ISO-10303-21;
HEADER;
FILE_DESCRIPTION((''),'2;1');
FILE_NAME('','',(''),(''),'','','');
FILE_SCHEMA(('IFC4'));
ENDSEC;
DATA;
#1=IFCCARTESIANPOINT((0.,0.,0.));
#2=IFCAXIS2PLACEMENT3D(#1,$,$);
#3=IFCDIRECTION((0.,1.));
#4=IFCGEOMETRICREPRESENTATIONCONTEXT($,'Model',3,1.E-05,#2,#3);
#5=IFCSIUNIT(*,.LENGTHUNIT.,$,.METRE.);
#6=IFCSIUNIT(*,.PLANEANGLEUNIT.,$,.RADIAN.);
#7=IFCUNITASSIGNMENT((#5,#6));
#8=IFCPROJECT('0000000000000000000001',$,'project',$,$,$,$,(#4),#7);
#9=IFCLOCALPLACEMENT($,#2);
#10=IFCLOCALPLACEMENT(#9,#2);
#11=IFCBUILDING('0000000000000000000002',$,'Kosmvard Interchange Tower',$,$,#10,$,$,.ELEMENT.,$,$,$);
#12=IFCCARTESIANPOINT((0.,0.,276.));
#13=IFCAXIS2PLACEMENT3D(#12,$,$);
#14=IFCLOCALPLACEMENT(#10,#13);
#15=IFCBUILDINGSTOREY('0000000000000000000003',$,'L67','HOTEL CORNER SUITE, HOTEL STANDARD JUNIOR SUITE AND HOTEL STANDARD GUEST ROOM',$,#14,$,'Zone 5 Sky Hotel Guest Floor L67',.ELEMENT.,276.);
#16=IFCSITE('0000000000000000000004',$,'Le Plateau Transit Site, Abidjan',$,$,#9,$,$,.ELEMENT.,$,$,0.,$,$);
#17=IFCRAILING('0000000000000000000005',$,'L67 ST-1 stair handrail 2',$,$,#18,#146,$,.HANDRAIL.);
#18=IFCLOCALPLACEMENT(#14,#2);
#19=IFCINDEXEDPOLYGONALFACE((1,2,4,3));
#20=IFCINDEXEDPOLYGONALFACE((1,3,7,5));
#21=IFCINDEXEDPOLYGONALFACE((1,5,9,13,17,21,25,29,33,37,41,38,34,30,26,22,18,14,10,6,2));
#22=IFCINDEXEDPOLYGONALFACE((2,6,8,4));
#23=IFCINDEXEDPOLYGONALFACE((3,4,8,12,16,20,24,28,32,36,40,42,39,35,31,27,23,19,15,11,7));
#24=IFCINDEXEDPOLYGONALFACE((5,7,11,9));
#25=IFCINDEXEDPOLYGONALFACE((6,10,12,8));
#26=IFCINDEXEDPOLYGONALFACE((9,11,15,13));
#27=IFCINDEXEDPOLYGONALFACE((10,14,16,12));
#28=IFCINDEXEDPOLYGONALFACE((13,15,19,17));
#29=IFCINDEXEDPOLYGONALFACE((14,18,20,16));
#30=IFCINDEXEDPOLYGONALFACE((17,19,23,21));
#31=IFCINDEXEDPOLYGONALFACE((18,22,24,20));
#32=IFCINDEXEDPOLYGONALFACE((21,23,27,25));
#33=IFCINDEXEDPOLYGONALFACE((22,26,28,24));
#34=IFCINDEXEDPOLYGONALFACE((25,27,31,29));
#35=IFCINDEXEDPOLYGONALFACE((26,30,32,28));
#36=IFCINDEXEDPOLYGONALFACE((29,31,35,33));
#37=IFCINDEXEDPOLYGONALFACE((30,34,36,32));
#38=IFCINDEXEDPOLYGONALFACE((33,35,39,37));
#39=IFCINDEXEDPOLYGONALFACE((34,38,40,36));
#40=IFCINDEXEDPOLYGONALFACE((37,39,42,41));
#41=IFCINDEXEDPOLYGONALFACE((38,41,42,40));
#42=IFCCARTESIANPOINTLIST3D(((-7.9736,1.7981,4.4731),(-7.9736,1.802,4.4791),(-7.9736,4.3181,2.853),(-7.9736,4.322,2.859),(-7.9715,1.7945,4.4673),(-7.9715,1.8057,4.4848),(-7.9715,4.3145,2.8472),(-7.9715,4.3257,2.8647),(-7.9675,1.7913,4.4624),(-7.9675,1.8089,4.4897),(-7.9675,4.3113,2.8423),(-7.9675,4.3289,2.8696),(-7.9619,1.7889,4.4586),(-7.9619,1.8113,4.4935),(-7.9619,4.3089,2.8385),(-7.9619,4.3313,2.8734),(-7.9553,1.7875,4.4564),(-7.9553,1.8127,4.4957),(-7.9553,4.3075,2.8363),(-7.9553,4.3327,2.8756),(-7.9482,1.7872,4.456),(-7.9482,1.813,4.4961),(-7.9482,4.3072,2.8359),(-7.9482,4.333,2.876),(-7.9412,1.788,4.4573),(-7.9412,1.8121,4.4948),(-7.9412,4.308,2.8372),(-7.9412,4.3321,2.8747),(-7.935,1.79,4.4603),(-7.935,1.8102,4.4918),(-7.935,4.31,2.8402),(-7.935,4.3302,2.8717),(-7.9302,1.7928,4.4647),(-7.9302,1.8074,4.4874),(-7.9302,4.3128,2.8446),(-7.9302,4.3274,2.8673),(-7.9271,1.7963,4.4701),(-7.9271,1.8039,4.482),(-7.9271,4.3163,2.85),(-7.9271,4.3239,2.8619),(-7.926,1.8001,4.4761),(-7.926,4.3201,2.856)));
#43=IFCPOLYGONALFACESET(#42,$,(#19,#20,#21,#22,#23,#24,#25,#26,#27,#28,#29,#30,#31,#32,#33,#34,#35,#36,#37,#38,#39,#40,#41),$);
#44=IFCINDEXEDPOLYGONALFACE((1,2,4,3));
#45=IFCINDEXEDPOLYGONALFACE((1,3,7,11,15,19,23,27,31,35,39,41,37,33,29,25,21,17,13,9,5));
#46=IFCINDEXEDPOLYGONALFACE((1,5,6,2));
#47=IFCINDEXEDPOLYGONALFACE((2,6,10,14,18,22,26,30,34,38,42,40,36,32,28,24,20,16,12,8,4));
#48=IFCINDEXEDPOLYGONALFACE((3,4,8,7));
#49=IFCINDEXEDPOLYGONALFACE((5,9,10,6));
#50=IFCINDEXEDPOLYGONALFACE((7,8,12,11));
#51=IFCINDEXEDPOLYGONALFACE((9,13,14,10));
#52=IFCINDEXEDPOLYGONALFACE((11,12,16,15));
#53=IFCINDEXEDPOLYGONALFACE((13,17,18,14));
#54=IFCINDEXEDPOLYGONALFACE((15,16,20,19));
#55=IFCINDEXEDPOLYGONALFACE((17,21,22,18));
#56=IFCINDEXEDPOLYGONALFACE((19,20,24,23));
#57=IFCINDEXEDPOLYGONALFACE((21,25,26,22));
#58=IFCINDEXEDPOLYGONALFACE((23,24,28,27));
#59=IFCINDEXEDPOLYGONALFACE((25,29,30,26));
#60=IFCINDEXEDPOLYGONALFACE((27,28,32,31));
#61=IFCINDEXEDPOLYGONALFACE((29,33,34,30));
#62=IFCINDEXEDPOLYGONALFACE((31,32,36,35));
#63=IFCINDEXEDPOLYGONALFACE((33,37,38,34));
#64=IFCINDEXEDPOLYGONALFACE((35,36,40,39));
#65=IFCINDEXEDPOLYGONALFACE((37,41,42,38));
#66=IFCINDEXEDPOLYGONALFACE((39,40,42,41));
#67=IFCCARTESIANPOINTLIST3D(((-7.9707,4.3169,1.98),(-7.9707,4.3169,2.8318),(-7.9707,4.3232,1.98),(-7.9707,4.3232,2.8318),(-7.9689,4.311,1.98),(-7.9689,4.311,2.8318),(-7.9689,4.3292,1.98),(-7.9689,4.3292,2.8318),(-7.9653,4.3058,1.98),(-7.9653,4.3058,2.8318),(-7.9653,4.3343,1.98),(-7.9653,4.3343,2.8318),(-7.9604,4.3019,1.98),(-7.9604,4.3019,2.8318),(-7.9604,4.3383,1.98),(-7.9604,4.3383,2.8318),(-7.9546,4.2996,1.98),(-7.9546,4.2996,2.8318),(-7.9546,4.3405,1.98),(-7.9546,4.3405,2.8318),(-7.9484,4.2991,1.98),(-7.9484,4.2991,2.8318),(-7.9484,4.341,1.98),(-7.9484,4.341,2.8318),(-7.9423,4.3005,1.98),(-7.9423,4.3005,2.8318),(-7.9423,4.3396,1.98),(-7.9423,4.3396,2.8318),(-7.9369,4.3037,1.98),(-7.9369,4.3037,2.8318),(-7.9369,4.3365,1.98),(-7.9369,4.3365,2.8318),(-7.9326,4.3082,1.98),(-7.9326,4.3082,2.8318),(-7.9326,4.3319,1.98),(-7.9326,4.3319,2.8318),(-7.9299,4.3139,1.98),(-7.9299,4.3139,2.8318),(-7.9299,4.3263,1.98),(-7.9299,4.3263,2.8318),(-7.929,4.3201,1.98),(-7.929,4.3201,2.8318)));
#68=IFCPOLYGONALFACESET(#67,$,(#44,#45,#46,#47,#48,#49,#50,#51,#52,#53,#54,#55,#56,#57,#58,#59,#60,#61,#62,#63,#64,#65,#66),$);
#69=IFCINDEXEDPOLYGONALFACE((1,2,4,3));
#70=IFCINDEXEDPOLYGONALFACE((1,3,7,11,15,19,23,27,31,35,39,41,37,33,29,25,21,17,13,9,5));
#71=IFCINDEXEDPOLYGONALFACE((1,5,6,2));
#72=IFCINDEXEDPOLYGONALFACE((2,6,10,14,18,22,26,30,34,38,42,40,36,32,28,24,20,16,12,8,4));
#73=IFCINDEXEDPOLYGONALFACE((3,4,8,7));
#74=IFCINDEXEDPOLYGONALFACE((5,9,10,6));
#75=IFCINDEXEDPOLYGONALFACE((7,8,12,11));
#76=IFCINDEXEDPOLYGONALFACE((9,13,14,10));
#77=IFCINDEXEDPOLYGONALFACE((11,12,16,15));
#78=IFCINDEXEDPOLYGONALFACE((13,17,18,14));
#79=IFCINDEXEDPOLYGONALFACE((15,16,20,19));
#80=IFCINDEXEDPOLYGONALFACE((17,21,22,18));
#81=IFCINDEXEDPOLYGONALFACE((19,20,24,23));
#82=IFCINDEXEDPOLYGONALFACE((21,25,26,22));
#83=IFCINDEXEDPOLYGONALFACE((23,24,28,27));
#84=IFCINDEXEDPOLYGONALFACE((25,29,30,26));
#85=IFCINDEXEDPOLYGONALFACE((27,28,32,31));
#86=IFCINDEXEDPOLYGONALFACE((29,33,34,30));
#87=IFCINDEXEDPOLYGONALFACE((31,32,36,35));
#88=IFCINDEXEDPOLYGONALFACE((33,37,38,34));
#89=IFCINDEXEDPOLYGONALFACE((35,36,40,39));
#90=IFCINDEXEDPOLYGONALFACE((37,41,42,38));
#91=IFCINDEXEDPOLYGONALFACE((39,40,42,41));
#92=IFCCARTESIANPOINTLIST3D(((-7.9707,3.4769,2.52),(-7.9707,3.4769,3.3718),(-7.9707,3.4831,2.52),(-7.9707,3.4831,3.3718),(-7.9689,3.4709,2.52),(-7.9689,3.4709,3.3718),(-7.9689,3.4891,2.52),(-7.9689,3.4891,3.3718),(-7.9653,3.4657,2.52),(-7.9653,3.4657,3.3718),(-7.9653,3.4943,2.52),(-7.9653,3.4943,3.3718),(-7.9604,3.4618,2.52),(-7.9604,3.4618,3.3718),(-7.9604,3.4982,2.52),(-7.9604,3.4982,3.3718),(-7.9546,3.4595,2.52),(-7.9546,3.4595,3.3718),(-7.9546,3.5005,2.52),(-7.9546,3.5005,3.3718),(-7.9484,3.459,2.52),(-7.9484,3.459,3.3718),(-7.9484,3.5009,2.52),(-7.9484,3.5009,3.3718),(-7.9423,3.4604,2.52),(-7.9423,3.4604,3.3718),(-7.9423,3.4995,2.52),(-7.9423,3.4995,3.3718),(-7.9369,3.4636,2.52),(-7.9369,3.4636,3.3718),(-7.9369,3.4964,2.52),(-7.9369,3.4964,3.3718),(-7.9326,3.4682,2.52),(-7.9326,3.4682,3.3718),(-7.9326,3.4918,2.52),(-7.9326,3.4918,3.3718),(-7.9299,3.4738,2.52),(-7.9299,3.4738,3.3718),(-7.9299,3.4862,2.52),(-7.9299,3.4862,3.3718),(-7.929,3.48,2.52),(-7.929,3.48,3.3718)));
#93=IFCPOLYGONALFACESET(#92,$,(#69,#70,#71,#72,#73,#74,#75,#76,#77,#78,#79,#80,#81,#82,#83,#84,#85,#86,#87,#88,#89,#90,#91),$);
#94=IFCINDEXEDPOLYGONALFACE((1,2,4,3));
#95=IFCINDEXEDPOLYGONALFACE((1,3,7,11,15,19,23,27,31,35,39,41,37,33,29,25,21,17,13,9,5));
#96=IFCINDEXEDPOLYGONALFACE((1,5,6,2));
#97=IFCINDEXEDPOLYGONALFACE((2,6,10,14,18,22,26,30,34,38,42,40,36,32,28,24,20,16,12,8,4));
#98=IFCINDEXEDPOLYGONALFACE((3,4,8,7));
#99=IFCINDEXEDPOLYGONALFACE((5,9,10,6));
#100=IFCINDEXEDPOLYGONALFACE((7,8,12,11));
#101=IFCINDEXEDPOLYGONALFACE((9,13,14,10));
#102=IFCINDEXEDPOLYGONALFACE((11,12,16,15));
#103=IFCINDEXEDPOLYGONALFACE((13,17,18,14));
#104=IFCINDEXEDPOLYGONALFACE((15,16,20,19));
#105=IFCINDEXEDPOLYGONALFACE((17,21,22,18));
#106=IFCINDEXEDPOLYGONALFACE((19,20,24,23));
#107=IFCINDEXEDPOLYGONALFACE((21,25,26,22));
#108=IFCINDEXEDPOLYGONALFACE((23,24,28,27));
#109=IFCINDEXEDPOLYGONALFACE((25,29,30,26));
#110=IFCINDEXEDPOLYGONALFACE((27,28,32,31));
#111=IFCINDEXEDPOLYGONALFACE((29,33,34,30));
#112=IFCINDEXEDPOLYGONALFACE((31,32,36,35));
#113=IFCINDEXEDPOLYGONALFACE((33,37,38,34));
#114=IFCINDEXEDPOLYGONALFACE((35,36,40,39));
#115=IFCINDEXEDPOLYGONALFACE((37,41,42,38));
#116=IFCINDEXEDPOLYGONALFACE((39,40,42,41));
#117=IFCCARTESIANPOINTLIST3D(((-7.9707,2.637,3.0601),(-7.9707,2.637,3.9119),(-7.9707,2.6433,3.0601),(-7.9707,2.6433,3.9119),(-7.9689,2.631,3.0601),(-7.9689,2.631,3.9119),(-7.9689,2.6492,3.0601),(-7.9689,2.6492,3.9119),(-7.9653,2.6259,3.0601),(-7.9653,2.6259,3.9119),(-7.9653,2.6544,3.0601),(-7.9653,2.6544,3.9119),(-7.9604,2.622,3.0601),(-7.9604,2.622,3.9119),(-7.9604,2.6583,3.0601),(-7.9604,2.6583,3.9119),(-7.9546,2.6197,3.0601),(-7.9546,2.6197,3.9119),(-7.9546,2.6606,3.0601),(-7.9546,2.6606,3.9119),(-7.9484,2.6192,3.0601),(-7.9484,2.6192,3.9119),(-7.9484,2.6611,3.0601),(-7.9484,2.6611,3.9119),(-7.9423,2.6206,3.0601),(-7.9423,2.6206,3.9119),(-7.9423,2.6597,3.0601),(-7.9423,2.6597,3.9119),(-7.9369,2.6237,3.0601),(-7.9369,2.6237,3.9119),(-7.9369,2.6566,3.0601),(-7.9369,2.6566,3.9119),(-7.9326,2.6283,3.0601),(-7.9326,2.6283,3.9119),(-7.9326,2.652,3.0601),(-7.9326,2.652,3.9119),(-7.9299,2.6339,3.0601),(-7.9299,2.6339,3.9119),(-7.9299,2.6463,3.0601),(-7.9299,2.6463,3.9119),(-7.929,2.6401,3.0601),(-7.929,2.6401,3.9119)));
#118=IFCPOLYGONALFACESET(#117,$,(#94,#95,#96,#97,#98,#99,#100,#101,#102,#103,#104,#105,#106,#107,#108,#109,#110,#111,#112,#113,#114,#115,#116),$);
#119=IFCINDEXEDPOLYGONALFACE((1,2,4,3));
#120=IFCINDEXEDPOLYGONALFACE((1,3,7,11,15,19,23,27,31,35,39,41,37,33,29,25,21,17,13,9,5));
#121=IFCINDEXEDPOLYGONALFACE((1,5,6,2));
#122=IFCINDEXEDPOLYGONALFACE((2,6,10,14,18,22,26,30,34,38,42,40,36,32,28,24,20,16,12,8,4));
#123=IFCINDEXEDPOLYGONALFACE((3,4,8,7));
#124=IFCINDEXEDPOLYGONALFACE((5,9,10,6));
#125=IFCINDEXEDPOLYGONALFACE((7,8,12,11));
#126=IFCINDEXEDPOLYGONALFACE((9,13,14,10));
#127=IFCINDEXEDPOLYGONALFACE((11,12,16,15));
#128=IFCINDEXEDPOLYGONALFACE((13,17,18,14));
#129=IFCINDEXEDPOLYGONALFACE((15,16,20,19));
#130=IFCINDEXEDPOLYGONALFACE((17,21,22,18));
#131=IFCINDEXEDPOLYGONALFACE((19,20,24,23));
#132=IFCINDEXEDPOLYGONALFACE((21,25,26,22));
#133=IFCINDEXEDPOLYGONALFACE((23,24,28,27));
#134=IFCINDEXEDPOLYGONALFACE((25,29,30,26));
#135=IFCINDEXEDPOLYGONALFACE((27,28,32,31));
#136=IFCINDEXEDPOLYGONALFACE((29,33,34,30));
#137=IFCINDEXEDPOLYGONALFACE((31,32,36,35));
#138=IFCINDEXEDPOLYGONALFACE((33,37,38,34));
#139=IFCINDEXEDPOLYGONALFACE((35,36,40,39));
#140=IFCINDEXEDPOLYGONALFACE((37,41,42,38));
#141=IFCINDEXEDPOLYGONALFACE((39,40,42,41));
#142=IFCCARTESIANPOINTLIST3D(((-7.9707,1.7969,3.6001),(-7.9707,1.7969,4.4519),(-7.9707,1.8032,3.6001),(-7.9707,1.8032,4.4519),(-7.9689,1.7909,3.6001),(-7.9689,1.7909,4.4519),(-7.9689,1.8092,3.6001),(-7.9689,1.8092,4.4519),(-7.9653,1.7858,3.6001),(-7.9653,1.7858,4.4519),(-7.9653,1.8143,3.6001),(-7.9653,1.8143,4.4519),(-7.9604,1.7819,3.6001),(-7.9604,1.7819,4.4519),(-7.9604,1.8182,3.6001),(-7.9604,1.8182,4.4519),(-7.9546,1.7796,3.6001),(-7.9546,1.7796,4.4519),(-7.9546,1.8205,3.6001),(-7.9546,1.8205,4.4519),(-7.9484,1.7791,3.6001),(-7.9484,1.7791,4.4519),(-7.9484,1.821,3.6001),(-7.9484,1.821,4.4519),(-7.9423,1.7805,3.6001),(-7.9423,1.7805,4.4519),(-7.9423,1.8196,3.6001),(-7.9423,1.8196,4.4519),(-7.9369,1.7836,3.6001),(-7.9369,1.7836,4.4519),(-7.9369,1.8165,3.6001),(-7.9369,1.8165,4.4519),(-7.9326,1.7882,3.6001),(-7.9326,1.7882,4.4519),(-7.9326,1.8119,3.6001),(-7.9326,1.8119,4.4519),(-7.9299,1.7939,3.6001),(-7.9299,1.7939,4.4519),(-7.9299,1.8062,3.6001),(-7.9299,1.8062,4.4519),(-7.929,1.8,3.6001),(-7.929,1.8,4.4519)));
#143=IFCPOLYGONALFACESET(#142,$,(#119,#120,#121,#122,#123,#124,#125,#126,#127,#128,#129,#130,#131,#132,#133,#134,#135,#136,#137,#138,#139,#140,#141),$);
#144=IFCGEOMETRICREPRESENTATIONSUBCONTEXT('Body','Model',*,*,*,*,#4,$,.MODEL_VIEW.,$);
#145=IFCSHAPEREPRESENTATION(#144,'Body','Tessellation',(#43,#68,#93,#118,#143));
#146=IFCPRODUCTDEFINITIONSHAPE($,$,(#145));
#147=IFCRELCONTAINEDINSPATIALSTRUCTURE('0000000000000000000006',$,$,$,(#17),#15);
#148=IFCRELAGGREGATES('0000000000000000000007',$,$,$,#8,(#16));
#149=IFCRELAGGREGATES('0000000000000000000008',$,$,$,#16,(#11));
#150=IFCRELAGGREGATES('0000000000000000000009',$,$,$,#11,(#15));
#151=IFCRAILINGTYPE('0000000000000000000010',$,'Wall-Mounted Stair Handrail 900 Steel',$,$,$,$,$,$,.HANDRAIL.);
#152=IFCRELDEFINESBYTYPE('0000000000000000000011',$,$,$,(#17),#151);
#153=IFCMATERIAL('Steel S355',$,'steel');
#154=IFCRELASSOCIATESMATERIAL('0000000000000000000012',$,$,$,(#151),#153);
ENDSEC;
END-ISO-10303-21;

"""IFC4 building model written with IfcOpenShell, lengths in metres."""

from ifc_helpers import new_model, si_unit, direction, frame, origin, origin_2d, place, context, subcontext, project, spatial, circle, extrude, source, transform, mapped, material, type_object, element, save


model = new_model("IFC4")

# Units and contexts
model_context = context("Model", 3, precision=1e-05, world=origin(), true_north=direction((0.0, 1.0)))
body_context = subcontext(model_context, "Body", "Model", "MODEL_VIEW")
ifc_project = project(units=[si_unit("LENGTHUNIT", "METRE"), si_unit("PLANEANGLEUNIT", "RADIAN")], contexts=[model_context])

# Site, building, storey
site_placement = place(None, origin())
site = spatial("IfcSite", under=ifc_project, at=site_placement, Name="Le Plateau Transit Site, Abidjan", CompositionType="ELEMENT", RefElevation=0.0)
building_placement = place(site_placement, origin())
building = spatial("IfcBuilding", under=site, at=building_placement, Name="Kosmvard Interchange Tower", CompositionType="ELEMENT")
storey_placement = place(building_placement, frame((0.0, 0.0, 276.0)))
storey = spatial("IfcBuildingStorey", under=building, at=storey_placement, Name="L67", Description="HOTEL CORNER SUITE, HOTEL STANDARD JUNIOR SUITE AND HOTEL STANDARD GUEST ROOM", LongName="Zone 5 Sky Hotel Guest Floor L67", CompositionType="ELEMENT", Elevation=276.0)

# Railing
ifc_material_1 = material(Name="Steel S355", Category="steel")
railing_type_1 = type_object("IfcRailingType", Name="Wall-Mounted Stair Handrail 900 Steel", PredefinedType="HANDRAIL", material=ifc_material_1)
shared_shape_1 = source(origin(), body_context, "Body", "SweptSolid", [
    extrude(circle(Radius=0.0239, at=origin_2d()), frame((0.0, 0.0, 0.876), z_axis=(0.0, -0.841163, 0.540782), x_axis=(1.0, 0.0, 0.0)), (0.0, 0.0, 1.0), 2.9958),
    extrude(circle(Radius=0.021, at=origin_2d()), origin(), (0.0, 0.0, 1.0), 0.8518),
    extrude(circle(Radius=0.021, at=origin_2d()), frame((0.0, -0.8401, 0.54)), (0.0, 0.0, 1.0), 0.8518),
    extrude(circle(Radius=0.021, at=origin_2d()), frame((0.0, -1.6799, 1.0801)), (0.0, 0.0, 1.0), 0.8518),
    extrude(circle(Radius=0.021, at=origin_2d()), frame((0.0, -2.52, 1.6201)), (0.0, 0.0, 1.0), 0.8518),
])
railing_1_placement = place(storey_placement, frame((-7.95, 4.3201, 1.98)))
element("IfcRailing", 1, at=railing_1_placement, inside=storey, type_object=railing_type_1, Name="L67 ST-1 stair handrail 2", PredefinedType="HANDRAIL", context=body_context, shape_type="MappedRepresentation", body=[
    mapped(shared_shape_1, transform((0.0, 0.0, 0.0), scale=1.0)),
])

save(model, "model.ifc")
